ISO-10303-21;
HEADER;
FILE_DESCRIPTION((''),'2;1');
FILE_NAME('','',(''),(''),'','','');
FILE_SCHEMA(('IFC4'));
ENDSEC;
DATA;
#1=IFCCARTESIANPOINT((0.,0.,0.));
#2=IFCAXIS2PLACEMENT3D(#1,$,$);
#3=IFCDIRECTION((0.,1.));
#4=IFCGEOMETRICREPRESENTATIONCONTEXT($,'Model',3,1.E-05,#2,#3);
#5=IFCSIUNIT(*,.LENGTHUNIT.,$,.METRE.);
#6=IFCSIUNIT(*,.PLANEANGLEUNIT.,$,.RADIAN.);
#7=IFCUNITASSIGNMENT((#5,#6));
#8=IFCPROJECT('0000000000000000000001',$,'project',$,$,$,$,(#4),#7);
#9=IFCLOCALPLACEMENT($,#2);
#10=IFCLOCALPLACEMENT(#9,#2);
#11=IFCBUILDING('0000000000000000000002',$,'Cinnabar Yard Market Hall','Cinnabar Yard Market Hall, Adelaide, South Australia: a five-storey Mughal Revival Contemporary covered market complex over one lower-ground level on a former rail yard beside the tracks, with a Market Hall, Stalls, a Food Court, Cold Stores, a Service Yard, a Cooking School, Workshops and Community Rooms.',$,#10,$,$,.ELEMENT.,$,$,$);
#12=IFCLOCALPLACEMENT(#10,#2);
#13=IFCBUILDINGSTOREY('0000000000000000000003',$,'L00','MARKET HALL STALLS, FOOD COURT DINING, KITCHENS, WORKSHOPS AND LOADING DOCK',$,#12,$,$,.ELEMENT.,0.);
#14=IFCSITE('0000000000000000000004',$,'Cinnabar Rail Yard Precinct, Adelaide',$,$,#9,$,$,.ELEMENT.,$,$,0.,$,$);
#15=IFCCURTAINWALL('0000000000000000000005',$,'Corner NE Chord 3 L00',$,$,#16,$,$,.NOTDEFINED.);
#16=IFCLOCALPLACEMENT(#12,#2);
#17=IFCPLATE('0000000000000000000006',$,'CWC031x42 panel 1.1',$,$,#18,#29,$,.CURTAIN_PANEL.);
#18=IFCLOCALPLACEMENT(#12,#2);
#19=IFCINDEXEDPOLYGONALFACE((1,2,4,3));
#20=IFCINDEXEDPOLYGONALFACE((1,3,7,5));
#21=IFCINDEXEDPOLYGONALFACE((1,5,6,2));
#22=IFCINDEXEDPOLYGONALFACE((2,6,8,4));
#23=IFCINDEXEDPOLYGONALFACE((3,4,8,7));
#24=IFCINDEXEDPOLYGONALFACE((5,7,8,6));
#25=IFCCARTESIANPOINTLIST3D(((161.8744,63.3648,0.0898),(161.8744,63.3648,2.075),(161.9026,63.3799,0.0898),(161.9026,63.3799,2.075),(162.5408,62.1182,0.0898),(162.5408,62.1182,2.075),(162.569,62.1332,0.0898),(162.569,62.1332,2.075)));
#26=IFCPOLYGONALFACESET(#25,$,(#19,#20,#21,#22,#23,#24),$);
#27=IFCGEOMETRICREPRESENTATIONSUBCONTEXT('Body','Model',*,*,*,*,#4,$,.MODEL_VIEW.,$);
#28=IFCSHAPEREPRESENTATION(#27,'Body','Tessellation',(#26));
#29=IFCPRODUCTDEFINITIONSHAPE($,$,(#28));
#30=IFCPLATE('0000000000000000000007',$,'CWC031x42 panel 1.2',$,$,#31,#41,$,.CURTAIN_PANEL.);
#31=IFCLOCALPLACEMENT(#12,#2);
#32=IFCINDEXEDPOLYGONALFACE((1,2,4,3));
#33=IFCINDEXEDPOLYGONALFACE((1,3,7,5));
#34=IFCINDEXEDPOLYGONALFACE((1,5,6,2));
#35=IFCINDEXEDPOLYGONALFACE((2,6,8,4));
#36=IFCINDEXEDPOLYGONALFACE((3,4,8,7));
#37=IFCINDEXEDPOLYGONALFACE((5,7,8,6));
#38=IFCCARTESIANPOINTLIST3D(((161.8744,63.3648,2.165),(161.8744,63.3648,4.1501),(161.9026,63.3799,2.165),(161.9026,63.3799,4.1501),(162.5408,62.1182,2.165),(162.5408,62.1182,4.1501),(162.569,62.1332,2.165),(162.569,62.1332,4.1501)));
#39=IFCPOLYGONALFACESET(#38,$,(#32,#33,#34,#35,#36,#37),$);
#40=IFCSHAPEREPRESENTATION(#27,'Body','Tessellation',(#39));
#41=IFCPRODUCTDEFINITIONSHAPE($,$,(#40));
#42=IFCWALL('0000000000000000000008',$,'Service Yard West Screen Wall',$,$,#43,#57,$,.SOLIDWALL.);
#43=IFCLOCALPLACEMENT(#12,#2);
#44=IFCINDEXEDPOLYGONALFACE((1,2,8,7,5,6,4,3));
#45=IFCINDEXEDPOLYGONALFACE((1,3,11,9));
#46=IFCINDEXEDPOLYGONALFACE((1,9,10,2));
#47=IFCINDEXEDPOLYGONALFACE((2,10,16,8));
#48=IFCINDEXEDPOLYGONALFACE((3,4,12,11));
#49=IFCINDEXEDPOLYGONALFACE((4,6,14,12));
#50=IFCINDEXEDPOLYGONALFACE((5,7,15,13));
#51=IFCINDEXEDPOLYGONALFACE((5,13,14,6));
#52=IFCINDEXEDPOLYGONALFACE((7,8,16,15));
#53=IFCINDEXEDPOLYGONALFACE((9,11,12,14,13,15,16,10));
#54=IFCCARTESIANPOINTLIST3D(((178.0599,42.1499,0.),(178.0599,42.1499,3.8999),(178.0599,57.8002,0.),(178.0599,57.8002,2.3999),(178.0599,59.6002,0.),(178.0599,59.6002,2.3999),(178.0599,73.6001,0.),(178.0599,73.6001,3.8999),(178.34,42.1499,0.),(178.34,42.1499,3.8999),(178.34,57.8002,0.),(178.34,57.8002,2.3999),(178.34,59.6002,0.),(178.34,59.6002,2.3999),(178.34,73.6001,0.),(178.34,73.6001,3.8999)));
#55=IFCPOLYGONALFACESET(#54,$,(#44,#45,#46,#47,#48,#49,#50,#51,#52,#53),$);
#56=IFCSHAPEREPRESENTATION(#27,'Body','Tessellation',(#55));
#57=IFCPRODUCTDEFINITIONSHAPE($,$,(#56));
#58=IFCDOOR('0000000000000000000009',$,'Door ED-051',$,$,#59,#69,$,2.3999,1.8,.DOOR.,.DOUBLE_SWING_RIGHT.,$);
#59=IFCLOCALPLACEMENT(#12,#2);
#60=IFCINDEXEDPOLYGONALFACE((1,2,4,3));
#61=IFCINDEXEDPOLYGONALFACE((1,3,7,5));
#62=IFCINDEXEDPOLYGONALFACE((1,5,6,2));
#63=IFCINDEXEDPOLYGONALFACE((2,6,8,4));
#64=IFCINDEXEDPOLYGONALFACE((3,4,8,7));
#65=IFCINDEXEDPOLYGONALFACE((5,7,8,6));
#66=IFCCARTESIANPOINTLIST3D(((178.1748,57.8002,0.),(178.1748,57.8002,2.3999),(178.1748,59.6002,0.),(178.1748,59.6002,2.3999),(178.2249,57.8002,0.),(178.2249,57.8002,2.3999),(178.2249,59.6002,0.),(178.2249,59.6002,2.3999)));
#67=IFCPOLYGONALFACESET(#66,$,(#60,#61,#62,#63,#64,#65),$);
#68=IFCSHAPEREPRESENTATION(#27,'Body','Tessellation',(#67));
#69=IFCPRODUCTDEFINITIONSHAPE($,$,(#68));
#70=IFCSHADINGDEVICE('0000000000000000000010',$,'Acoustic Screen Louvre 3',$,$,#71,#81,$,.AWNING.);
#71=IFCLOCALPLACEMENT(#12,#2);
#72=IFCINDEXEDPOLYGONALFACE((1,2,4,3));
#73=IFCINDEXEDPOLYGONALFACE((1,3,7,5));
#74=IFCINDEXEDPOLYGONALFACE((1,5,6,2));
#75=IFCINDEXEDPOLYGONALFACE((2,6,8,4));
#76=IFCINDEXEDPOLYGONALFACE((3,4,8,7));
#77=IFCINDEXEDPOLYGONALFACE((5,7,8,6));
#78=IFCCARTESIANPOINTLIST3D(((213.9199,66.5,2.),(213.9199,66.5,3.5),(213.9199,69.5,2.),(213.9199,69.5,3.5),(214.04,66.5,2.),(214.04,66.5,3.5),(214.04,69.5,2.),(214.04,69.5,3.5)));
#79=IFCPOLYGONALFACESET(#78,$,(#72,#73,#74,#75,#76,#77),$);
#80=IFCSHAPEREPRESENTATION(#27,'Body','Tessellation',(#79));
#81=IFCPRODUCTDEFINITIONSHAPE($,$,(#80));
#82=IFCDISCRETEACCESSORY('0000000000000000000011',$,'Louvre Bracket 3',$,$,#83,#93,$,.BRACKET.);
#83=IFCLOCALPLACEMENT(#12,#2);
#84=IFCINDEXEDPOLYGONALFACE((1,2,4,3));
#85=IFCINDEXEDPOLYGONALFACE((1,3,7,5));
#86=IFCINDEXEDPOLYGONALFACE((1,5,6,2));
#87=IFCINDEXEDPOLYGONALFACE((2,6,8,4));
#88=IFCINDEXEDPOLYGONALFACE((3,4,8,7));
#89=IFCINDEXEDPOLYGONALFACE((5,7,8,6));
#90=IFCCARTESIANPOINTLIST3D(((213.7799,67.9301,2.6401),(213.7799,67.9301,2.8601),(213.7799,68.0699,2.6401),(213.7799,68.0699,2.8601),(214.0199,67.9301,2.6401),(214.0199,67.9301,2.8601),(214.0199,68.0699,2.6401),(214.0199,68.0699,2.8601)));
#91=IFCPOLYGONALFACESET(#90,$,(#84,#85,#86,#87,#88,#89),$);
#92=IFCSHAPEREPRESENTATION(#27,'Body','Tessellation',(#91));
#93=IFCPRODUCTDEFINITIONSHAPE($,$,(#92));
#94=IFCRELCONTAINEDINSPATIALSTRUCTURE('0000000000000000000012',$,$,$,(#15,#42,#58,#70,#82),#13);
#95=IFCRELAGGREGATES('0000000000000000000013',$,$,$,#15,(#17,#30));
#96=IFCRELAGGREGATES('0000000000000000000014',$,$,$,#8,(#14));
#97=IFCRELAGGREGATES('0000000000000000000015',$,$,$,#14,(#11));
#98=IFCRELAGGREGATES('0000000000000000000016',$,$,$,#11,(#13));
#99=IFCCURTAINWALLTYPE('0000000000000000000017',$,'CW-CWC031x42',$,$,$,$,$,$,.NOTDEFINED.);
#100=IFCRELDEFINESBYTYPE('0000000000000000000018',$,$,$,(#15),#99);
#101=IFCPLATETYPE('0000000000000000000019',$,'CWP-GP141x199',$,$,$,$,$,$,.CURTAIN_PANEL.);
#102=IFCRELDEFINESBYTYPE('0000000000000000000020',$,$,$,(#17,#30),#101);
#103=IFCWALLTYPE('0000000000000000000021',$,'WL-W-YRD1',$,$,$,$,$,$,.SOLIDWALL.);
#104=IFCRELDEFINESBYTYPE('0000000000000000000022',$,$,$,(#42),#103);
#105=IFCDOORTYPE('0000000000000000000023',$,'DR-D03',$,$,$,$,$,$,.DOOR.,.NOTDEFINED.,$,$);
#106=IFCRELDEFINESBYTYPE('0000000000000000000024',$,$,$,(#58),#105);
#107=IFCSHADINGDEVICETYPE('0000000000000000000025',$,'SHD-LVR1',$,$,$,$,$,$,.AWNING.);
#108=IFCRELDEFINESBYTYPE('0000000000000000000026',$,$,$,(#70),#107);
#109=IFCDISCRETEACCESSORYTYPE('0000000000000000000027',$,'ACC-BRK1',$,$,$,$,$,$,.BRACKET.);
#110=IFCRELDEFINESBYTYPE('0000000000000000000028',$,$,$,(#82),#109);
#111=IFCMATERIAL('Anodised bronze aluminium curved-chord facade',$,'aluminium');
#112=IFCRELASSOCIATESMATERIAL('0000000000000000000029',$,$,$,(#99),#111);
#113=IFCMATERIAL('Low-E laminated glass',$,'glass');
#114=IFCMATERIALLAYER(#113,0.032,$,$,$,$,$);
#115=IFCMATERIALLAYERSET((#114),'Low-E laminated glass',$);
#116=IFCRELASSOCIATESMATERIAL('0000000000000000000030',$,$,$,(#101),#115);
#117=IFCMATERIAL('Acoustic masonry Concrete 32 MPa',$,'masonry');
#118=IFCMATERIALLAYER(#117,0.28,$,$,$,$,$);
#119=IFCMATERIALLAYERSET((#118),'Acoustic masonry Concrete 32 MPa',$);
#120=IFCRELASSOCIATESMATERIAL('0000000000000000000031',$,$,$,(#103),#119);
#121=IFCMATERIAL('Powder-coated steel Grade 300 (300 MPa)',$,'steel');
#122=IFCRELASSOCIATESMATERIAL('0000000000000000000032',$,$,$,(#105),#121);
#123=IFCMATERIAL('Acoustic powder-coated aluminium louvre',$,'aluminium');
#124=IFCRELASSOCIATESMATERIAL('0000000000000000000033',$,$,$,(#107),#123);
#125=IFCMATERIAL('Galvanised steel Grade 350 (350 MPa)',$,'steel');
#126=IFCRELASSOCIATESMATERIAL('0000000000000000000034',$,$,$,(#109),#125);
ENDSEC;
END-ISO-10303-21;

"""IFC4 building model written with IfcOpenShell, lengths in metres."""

from ifc_helpers import new_model, si_unit, direction, frame, frame_2d, origin, origin_2d_with_axis, place, context, subcontext, project, spatial, rectangle, extrude, material, layer, layer_set, type_object, element, fill, aggregate, save


model = new_model("IFC4")

# Units and contexts
model_context = context("Model", 3, precision=1e-05, world=origin(), true_north=direction((0.0, 1.0)))
body_context = subcontext(model_context, "Body", "Model", "MODEL_VIEW")
ifc_project = project(units=[si_unit("LENGTHUNIT", "METRE"), si_unit("PLANEANGLEUNIT", "RADIAN")], contexts=[model_context])

# Site, building, storey
site_placement = place(None, origin())
site = spatial("IfcSite", under=ifc_project, at=site_placement, Name="Cinnabar Rail Yard Precinct, Adelaide", CompositionType="ELEMENT", RefElevation=0.0)
building_placement = place(site_placement, origin())
building = spatial("IfcBuilding", under=site, at=building_placement, Name="Cinnabar Yard Market Hall", Description="Cinnabar Yard Market Hall, Adelaide, South Australia: a five-storey Mughal Revival Contemporary covered market complex over one lower-ground level on a former rail yard beside the tracks, with a Market Hall, Stalls, a Food Court, Cold Stores, a Service Yard, a Cooking School, Workshops and Community Rooms.", CompositionType="ELEMENT")
storey_placement = place(building_placement, origin())
storey = spatial("IfcBuildingStorey", under=building, at=storey_placement, Name="L00", Description="MARKET HALL STALLS, FOOD COURT DINING, KITCHENS, WORKSHOPS AND LOADING DOCK", CompositionType="ELEMENT", Elevation=0.0)

# Curtain wall, plates
ifc_material_1 = material(Name="Anodised bronze aluminium curved-chord facade", Category="aluminium")
curtain_wall_type = type_object("IfcCurtainWallType", Name="CW-CWC031x42", PredefinedType="NOTDEFINED", material=ifc_material_1)
curtain_wall_placement = place(storey_placement, origin())
curtain_wall = element("IfcCurtainWall", 1, at=curtain_wall_placement, inside=storey, type_object=curtain_wall_type, Name="Corner NE Chord 3 L00", PredefinedType="NOTDEFINED")
ifc_material_2 = material(Name="Low-E laminated glass", Category="glass")
ifc_layer_1 = layer(ifc_material_2, 0.032)
ifc_layer_set_1 = layer_set([ifc_layer_1], Name="Low-E laminated glass")
plate_type = type_object("IfcPlateType", Name="CWP-GP141x199", PredefinedType="CURTAIN_PANEL", material=ifc_layer_set_1)
plate_1_placement = place(storey_placement, frame((162.2217, 62.749, 0.0898), z_axis=(0.0, 0.0, 1.0), x_axis=(-0.471404, 0.881917, 0.0)))
plate_1 = element("IfcPlate", 2, at=plate_1_placement, type_object=plate_type, Name="CWC031x42 panel 1.1", PredefinedType="CURTAIN_PANEL", context=body_context, shape_type="SweptSolid", body=[
    extrude(rectangle(XDim=1.4136, YDim=0.032, at=origin_2d_with_axis()), origin(), (0.0, 0.0, 1.0), 1.9851),
])
plate_2_placement = place(storey_placement, frame((162.2217, 62.749, 2.165), z_axis=(0.0, 0.0, 1.0), x_axis=(-0.471404, 0.881917, 0.0)))
plate_2 = element("IfcPlate", 3, at=plate_2_placement, type_object=plate_type, Name="CWC031x42 panel 1.2", PredefinedType="CURTAIN_PANEL", context=body_context, shape_type="SweptSolid", body=[
    extrude(rectangle(XDim=1.4136, YDim=0.032, at=origin_2d_with_axis()), origin(), (0.0, 0.0, 1.0), 1.9851),
])
aggregate(curtain_wall, [plate_1, plate_2])

# Shared definitions
ifc_material_3 = material(Name="Acoustic masonry Concrete 32 MPa", Category="masonry")
ifc_layer_2 = layer(ifc_material_3, 0.28)
ifc_layer_set_2 = layer_set([ifc_layer_2], Name="Acoustic masonry Concrete 32 MPa")
wall_type = type_object("IfcWallType", Name="WL-W-YRD1", PredefinedType="SOLIDWALL", material=ifc_layer_set_2)
ifc_material_4 = material(Name="Powder-coated steel Grade 300 (300 MPa)", Category="steel")
door_type_1 = type_object("IfcDoorType", Name="DR-D03", OperationType="NOTDEFINED", PredefinedType="DOOR", material=ifc_material_4)

# Wall, opening, door
wall_1_placement = place(storey_placement, frame((178.2, 73.6001, 0.0), z_axis=(0.0, 0.0, 1.0), x_axis=(0.0, -1.0, 0.0)))
wall_1 = element("IfcWall", 4, at=wall_1_placement, inside=storey, type_object=wall_type, Name="Service Yard West Screen Wall", PredefinedType="SOLIDWALL", context=body_context, shape_type="SweptSolid", body=[
    extrude(rectangle(XDim=31.4502, YDim=0.28, at=frame_2d((15.7251, 0.0), x_axis=(1.0, 0.0))), origin(), (0.0, 0.0, 1.0), 3.8999),
])
opening_1_placement = place(wall_1_placement, frame((14.0, 0.0, 0.0)))
opening_1 = element("IfcOpeningElement", 5, at=opening_1_placement, cuts=wall_1, PredefinedType="OPENING", context=body_context, shape_type="SweptSolid", body=[
    extrude(rectangle(XDim=1.8, YDim=2.3999, at=frame_2d((0.8999, 1.2), x_axis=(1.0, 0.0))), frame((0.0, 0.1499, 0.0), z_axis=(0.0, -1.0, 0.0), x_axis=(1.0, 0.0, 0.0)), (0.0, 0.0, 1.0), 0.3),
])
door_1_placement = place(opening_1_placement, origin())
door_1 = element("IfcDoor", 6, at=door_1_placement, inside=storey, type_object=door_type_1, Name="Door ED-051", OperationType="DOUBLE_SWING_RIGHT", OverallHeight=2.3999, OverallWidth=1.8, PredefinedType="DOOR", context=body_context, shape_type="SweptSolid", body=[
    extrude(rectangle(XDim=1.8, YDim=2.3999, at=frame_2d((0.8999, 1.2), x_axis=(1.0, 0.0))), frame((0.0, 0.0249, 0.0), z_axis=(0.0, -1.0, 0.0), x_axis=(1.0, 0.0, 0.0)), (0.0, 0.0, 1.0), 0.05),
])
fill(opening_1, door_1)

# Shading device
ifc_material_5 = material(Name="Acoustic powder-coated aluminium louvre", Category="aluminium")
shading_device_type = type_object("IfcShadingDeviceType", Name="SHD-LVR1", PredefinedType="AWNING", material=ifc_material_5)
shading_device_placement = place(storey_placement, frame((213.98, 68.0, 2.0), z_axis=(0.0, 0.0, 1.0), x_axis=(1.0, 0.0, 0.0)))
element("IfcShadingDevice", 7, at=shading_device_placement, inside=storey, type_object=shading_device_type, Name="Acoustic Screen Louvre 3", PredefinedType="AWNING", context=body_context, shape_type="SweptSolid", body=[
    extrude(rectangle(XDim=0.1201, YDim=3.0, at=origin_2d_with_axis()), origin(), (0.0, 0.0, 1.0), 1.5),
])

# Discrete accessory
ifc_material_6 = material(Name="Galvanised steel Grade 350 (350 MPa)", Category="steel")
discrete_accessory_type = type_object("IfcDiscreteAccessoryType", Name="ACC-BRK1", PredefinedType="BRACKET", material=ifc_material_6)
discrete_accessory_placement = place(storey_placement, frame((213.8999, 68.0, 2.6401), z_axis=(0.0, 0.0, 1.0), x_axis=(1.0, 0.0, 0.0)))
element("IfcDiscreteAccessory", 8, at=discrete_accessory_placement, inside=storey, type_object=discrete_accessory_type, Name="Louvre Bracket 3", PredefinedType="BRACKET", context=body_context, shape_type="SweptSolid", body=[
    extrude(rectangle(XDim=0.24, YDim=0.1399, at=origin_2d_with_axis()), origin(), (0.0, 0.0, 1.0), 0.22),
])

save(model, "model.ifc")
